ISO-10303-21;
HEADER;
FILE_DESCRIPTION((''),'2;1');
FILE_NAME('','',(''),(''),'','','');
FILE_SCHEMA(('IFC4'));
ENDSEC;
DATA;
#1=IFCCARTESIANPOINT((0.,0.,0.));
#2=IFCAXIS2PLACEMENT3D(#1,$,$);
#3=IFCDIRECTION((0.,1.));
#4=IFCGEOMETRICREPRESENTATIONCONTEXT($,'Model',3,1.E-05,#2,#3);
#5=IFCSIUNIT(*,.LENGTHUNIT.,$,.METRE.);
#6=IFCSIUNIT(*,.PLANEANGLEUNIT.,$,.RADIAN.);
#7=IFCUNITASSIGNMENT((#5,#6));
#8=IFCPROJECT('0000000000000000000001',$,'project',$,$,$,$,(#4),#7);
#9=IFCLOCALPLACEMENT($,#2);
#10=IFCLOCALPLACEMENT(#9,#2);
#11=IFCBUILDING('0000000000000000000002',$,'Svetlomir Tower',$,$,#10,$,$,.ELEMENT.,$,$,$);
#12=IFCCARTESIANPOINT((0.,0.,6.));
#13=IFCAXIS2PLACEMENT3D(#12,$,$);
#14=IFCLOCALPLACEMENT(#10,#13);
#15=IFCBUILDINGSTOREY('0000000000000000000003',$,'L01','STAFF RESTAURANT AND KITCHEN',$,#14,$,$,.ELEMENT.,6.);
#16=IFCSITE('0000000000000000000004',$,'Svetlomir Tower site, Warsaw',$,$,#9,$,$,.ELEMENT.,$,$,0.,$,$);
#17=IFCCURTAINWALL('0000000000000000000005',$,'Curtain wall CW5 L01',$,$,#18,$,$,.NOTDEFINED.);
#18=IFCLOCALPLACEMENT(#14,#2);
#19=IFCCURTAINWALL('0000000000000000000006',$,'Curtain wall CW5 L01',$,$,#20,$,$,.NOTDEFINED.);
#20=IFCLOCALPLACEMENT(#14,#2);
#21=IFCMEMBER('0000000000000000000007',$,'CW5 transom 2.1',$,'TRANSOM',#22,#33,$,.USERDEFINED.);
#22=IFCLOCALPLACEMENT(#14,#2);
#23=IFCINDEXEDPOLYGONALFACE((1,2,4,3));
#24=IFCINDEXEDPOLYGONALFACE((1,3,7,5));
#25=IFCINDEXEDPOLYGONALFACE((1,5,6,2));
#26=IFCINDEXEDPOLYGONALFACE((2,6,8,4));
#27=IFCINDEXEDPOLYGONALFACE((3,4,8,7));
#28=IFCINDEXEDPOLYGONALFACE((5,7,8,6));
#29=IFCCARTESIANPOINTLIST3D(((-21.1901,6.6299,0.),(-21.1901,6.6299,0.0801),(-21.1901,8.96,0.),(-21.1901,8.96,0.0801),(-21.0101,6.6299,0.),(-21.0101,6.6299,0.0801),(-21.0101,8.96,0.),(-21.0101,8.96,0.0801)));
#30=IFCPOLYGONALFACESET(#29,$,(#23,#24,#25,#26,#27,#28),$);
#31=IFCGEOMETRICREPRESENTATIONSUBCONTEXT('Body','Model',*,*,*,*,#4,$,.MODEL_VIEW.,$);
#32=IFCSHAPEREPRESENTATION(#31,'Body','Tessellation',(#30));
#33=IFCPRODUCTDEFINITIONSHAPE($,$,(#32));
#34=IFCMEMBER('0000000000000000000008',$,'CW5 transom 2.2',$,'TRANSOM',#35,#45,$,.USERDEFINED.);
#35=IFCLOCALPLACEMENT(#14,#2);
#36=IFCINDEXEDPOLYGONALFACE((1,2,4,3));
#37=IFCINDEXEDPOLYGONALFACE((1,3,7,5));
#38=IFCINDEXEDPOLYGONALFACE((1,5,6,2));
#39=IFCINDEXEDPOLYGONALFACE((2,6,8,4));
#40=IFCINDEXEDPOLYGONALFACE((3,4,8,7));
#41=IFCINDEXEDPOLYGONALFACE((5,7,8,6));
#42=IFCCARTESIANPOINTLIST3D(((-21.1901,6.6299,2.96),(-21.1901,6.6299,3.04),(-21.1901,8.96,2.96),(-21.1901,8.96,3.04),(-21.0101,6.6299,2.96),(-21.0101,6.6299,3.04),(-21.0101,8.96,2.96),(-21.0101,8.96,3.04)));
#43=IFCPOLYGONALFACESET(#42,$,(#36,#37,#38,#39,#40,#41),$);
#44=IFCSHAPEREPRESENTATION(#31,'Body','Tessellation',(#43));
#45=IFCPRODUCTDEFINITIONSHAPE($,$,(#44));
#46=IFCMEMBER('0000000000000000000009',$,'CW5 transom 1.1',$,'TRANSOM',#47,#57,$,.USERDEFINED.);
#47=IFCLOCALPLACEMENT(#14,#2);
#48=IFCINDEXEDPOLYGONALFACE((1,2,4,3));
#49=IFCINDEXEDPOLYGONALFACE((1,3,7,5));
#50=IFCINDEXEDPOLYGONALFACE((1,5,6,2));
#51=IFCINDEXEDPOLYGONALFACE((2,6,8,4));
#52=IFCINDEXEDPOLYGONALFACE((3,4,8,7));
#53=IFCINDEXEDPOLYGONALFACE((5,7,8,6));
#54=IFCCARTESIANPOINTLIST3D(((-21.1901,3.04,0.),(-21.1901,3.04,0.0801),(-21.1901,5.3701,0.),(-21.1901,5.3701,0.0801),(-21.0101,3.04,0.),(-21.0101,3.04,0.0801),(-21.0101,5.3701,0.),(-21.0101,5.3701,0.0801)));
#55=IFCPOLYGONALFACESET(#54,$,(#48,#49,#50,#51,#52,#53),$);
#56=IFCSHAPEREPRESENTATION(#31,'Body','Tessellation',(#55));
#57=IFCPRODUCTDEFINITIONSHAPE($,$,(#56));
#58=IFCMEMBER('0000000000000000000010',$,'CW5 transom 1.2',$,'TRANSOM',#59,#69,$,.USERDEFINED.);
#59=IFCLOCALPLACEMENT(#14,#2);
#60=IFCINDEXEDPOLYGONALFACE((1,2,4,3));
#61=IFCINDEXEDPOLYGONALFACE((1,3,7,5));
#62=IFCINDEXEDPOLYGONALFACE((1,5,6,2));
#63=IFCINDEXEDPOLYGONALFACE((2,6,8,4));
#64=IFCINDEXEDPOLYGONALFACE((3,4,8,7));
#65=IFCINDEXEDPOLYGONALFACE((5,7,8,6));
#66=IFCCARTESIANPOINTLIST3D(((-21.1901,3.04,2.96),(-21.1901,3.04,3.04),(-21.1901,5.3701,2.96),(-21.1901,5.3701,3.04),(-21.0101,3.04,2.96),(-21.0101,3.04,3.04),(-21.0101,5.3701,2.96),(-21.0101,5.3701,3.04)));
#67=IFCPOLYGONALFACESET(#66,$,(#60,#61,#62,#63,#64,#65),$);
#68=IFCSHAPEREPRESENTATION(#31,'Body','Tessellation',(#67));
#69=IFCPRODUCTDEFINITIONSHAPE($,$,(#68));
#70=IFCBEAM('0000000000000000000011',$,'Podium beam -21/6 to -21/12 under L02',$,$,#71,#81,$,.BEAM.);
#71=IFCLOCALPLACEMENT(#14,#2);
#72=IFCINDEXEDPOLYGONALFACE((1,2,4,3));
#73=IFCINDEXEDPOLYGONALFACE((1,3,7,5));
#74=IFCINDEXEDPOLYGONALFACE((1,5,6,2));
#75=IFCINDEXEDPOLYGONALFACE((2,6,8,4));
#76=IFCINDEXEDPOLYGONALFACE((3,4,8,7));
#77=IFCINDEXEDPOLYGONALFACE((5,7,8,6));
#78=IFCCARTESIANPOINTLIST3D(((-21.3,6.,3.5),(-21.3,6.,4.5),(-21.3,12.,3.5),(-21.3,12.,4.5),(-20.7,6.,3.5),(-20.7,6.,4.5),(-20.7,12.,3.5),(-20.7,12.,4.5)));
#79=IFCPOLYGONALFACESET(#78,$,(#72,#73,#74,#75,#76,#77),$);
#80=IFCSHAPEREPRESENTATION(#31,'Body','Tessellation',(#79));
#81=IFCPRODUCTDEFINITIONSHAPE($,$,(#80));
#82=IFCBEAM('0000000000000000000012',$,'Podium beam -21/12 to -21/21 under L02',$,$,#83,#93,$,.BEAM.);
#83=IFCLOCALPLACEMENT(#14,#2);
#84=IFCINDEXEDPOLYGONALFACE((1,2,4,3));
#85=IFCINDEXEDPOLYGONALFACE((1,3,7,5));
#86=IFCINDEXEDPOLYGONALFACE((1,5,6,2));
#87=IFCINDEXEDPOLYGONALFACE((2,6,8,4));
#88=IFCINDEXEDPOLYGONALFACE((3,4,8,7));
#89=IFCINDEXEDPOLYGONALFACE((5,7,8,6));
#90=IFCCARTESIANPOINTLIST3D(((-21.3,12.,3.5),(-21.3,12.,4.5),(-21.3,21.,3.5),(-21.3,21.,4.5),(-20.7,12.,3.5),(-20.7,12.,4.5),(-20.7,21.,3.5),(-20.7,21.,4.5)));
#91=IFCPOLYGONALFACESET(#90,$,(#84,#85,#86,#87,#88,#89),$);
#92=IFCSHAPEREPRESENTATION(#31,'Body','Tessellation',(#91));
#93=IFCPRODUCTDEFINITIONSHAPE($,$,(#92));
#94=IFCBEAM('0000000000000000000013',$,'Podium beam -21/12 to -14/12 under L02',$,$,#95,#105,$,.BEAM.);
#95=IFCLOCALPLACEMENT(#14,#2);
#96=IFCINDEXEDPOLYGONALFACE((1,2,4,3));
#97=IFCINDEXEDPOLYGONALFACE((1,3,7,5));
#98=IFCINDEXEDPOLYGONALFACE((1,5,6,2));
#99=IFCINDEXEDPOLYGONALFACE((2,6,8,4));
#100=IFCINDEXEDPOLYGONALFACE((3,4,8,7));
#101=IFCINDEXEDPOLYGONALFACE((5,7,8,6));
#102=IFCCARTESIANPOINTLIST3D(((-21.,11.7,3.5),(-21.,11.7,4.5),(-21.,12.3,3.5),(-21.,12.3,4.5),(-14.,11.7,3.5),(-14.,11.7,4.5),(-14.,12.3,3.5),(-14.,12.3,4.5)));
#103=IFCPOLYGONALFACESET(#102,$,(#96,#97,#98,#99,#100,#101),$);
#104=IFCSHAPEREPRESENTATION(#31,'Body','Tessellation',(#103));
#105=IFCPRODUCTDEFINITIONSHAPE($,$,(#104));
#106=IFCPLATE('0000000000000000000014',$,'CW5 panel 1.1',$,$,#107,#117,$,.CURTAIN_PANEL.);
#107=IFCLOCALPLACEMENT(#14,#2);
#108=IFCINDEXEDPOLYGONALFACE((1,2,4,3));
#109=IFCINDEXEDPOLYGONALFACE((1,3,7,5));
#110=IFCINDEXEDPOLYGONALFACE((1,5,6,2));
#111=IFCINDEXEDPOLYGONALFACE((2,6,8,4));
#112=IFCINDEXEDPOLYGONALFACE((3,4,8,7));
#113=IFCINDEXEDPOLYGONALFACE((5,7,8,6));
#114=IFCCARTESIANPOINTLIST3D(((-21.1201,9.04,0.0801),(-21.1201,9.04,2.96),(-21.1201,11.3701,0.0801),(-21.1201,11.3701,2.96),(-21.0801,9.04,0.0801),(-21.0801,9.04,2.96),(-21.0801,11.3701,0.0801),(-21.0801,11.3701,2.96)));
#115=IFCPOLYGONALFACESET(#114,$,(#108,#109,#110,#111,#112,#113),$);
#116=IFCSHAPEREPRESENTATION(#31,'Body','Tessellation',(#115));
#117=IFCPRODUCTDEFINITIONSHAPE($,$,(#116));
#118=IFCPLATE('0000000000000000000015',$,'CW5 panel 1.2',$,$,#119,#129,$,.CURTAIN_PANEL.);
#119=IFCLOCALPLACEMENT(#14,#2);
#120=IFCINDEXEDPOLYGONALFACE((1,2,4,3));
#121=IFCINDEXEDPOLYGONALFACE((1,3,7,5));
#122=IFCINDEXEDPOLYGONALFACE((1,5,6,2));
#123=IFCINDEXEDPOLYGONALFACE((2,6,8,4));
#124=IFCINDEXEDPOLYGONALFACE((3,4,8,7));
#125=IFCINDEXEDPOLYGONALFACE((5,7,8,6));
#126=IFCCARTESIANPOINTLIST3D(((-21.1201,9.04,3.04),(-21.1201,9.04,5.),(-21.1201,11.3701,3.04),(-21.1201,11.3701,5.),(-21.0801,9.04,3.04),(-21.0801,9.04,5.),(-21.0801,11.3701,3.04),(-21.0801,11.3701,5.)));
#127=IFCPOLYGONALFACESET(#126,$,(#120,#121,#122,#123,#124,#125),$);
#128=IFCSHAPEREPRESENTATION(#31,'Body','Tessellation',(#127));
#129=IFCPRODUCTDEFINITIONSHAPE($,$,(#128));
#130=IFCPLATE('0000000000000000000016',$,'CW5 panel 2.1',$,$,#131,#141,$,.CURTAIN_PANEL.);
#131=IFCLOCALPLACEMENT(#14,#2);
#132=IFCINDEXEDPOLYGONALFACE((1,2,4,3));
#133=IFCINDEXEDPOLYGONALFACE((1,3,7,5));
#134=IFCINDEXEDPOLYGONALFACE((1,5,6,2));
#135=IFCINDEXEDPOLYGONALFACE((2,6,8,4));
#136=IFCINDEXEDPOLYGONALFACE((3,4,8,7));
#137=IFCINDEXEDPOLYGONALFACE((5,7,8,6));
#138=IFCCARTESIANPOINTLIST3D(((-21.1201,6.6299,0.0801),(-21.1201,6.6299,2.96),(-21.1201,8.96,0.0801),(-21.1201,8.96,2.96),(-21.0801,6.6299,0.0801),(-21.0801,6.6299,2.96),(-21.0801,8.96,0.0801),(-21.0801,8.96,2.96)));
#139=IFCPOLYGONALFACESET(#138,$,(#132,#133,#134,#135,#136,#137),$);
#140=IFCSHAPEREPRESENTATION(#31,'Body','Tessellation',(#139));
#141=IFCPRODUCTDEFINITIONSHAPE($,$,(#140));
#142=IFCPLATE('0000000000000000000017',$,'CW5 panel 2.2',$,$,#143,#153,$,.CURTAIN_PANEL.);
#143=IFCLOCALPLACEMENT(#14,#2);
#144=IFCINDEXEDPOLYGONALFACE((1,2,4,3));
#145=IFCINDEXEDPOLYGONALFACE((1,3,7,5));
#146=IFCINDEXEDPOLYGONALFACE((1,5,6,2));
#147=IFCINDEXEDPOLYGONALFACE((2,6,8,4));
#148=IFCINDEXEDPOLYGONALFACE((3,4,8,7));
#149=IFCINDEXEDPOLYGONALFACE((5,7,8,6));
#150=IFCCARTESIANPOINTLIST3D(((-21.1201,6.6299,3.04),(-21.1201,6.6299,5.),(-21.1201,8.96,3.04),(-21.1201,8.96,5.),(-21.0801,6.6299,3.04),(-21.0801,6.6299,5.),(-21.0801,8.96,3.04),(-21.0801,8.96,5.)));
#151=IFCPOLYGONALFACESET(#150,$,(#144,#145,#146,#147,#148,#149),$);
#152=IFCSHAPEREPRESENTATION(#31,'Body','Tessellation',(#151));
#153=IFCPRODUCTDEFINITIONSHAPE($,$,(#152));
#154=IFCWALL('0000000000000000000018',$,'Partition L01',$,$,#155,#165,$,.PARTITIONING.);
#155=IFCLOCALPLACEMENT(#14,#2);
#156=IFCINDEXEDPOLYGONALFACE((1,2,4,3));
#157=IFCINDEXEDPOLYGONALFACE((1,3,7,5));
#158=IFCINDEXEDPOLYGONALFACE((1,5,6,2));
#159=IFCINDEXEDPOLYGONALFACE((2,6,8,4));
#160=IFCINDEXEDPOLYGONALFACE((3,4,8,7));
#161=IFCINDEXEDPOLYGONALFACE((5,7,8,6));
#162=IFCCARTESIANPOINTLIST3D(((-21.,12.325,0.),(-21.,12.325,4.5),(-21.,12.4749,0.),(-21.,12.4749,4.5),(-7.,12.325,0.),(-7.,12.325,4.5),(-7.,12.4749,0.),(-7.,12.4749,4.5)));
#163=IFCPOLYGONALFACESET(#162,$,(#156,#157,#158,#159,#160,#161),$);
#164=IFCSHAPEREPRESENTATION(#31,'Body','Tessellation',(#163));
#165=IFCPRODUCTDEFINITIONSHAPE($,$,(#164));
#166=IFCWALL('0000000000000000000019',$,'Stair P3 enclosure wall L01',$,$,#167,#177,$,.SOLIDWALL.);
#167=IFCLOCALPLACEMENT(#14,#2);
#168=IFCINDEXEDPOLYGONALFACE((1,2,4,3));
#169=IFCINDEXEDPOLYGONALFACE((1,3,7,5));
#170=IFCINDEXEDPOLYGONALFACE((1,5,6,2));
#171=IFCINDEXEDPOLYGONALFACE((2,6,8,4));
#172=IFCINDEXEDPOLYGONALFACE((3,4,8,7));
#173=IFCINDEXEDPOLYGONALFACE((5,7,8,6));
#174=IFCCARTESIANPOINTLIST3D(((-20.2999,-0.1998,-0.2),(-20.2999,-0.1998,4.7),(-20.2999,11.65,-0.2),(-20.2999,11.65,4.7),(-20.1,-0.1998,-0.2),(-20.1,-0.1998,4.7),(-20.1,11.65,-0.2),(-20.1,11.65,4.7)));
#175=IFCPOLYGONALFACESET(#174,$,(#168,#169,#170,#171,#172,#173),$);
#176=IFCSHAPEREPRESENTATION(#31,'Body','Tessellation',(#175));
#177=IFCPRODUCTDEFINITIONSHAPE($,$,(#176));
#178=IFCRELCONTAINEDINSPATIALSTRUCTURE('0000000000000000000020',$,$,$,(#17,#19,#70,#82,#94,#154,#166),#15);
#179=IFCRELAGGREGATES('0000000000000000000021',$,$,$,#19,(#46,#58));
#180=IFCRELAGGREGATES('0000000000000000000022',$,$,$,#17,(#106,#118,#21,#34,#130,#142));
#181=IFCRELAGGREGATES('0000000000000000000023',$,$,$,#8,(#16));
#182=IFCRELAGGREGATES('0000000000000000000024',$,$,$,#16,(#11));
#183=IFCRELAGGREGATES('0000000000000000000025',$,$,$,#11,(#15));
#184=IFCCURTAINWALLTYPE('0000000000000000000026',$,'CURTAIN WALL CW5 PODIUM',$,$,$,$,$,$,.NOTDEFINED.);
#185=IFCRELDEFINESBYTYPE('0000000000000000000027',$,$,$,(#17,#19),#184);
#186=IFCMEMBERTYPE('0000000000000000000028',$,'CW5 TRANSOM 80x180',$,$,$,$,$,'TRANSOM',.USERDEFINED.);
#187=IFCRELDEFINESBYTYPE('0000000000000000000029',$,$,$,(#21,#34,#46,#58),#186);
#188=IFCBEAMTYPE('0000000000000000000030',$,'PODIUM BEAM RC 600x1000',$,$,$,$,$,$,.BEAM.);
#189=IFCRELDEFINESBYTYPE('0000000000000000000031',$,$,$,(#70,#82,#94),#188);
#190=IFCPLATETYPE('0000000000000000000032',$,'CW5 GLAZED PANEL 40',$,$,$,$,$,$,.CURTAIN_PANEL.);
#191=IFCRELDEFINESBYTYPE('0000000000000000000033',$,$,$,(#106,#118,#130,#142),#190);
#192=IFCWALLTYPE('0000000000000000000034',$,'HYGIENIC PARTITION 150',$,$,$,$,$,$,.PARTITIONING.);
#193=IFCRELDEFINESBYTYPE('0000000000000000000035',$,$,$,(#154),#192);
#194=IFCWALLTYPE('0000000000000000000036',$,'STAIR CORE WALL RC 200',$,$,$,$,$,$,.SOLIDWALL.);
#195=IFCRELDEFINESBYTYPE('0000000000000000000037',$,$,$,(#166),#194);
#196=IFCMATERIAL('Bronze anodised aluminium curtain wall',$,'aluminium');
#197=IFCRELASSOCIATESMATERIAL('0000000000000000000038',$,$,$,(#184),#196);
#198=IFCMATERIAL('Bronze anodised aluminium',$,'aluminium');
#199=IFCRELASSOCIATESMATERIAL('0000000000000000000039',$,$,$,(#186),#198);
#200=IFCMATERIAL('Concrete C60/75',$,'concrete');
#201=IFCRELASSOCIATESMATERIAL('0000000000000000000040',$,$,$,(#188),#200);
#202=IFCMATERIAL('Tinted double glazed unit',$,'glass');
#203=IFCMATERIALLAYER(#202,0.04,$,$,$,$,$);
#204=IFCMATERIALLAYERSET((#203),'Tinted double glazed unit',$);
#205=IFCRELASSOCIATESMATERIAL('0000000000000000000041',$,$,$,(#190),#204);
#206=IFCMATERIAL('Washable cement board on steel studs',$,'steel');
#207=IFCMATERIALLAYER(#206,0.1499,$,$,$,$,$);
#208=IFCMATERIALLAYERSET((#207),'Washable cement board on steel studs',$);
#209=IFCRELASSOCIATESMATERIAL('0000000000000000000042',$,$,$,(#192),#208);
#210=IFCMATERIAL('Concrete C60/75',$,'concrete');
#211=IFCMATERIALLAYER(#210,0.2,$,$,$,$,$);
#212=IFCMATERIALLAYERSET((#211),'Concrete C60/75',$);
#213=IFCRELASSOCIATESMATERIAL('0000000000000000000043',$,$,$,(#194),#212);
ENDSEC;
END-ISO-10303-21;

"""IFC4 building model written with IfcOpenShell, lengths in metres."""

from ifc_helpers import new_model, si_unit, direction, frame, frame_2d, origin, origin_2d, place, context, subcontext, project, spatial, rectangle, extrude, material, layer, layer_set, material_profile, profile_set, type_object, element, aggregate, save


model = new_model("IFC4")

# Units and contexts
model_context = context("Model", 3, precision=1e-05, world=origin(), true_north=direction((0.0, 1.0)))
body_context = subcontext(model_context, "Body", "Model", "MODEL_VIEW")
ifc_project = project(units=[si_unit("LENGTHUNIT", "METRE"), si_unit("PLANEANGLEUNIT", "RADIAN")], contexts=[model_context])

# Site, building, storey
site_placement = place(None, origin())
site = spatial("IfcSite", under=ifc_project, at=site_placement, Name="Svetlomir Tower site, Warsaw", CompositionType="ELEMENT", RefElevation=0.0)
building_placement = place(site_placement, origin())
building = spatial("IfcBuilding", under=site, at=building_placement, Name="Svetlomir Tower", CompositionType="ELEMENT")
storey_placement = place(building_placement, frame((0.0, 0.0, 6.0)))
storey = spatial("IfcBuildingStorey", under=building, at=storey_placement, Name="L01", Description="STAFF RESTAURANT AND KITCHEN", CompositionType="ELEMENT", Elevation=6.0)

# Shared definitions
ifc_material_1 = material(Name="Bronze anodised aluminium curtain wall", Category="aluminium")
curtain_wall_type = type_object("IfcCurtainWallType", Name="CURTAIN WALL CW5 PODIUM", PredefinedType="NOTDEFINED", material=ifc_material_1)

# Curtain wall
curtain_wall_1_placement = place(storey_placement, origin())
curtain_wall_1 = element("IfcCurtainWall", 1, at=curtain_wall_1_placement, inside=storey, type_object=curtain_wall_type, Name="Curtain wall CW5 L01", PredefinedType="NOTDEFINED")

# Curtain wall
curtain_wall_2_placement = place(storey_placement, origin())
curtain_wall_2 = element("IfcCurtainWall", 2, at=curtain_wall_2_placement, inside=storey, type_object=curtain_wall_type, Name="Curtain wall CW5 L01", PredefinedType="NOTDEFINED")

# Members
ifc_material_2 = material(Name="Bronze anodised aluminium", Category="aluminium")
ifc_material_profile_1 = material_profile(ifc_material_2, rectangle(XDim=0.1799, YDim=0.0801, at=origin_2d()), Name="AL 180x80")
ifc_profile_set_1 = profile_set([ifc_material_profile_1], Name="Bronze anodised aluminium 6063-T6")
member_type_1 = type_object("IfcMemberType", Name="CW5 TRANSOM 80x180", ElementType="TRANSOM", PredefinedType="USERDEFINED", material=ifc_profile_set_1)
member_1_placement = place(storey_placement, frame((-21.1001, 8.96, 0.04), z_axis=(0.0, -1.0, 0.0), x_axis=(1.0, 0.0, 0.0)))
member_1 = element("IfcMember", 3, at=member_1_placement, type_object=member_type_1, Name="CW5 transom 2.1", ObjectType="TRANSOM", PredefinedType="USERDEFINED", context=body_context, shape_type="SweptSolid", body=[
    extrude(rectangle(XDim=0.1799, YDim=0.0801, at=origin_2d()), origin(), (0.0, 0.0, 1.0), 2.3301),
])
member_2_placement = place(storey_placement, frame((-21.1001, 8.96, 3.0), z_axis=(0.0, -1.0, 0.0), x_axis=(1.0, 0.0, 0.0)))
member_2 = element("IfcMember", 4, at=member_2_placement, type_object=member_type_1, Name="CW5 transom 2.2", ObjectType="TRANSOM", PredefinedType="USERDEFINED", context=body_context, shape_type="SweptSolid", body=[
    extrude(rectangle(XDim=0.1799, YDim=0.0801, at=origin_2d()), origin(), (0.0, 0.0, 1.0), 2.3301),
])
member_3_placement = place(storey_placement, frame((-21.1001, 5.3701, 0.04), z_axis=(0.0, -1.0, 0.0), x_axis=(1.0, 0.0, 0.0)))
member_3 = element("IfcMember", 5, at=member_3_placement, type_object=member_type_1, Name="CW5 transom 1.1", ObjectType="TRANSOM", PredefinedType="USERDEFINED", context=body_context, shape_type="SweptSolid", body=[
    extrude(rectangle(XDim=0.1799, YDim=0.0801, at=origin_2d()), origin(), (0.0, 0.0, 1.0), 2.3301),
])
member_4_placement = place(storey_placement, frame((-21.1001, 5.3701, 3.0), z_axis=(0.0, -1.0, 0.0), x_axis=(1.0, 0.0, 0.0)))
member_4 = element("IfcMember", 6, at=member_4_placement, type_object=member_type_1, Name="CW5 transom 1.2", ObjectType="TRANSOM", PredefinedType="USERDEFINED", context=body_context, shape_type="SweptSolid", body=[
    extrude(rectangle(XDim=0.1799, YDim=0.0801, at=origin_2d()), origin(), (0.0, 0.0, 1.0), 2.3301),
])
aggregate(curtain_wall_2, [member_3, member_4])

# Beams
ifc_material_3 = material(Name="Concrete C60/75", Category="concrete")
ifc_material_profile_2 = material_profile(ifc_material_3, rectangle(XDim=0.6001, YDim=1.0, at=origin_2d()), Name="RC 600x1000")
ifc_profile_set_2 = profile_set([ifc_material_profile_2], Name="Concrete C60/75")
beam_type = type_object("IfcBeamType", Name="PODIUM BEAM RC 600x1000", PredefinedType="BEAM", material=ifc_profile_set_2)
beam_1_placement = place(storey_placement, frame((-21.0, 6.0, 4.0), z_axis=(0.0, 1.0, 0.0), x_axis=(-1.0, 0.0, 0.0)))
element("IfcBeam", 7, at=beam_1_placement, inside=storey, type_object=beam_type, Name="Podium beam -21/6 to -21/12 under L02", PredefinedType="BEAM", context=body_context, shape_type="SweptSolid", body=[
    extrude(rectangle(XDim=0.6001, YDim=1.0, at=origin_2d()), origin(), (0.0, 0.0, 1.0), 6.0),
])
beam_2_placement = place(storey_placement, frame((-21.0, 12.0, 4.0), z_axis=(0.0, 1.0, 0.0), x_axis=(-1.0, 0.0, 0.0)))
element("IfcBeam", 8, at=beam_2_placement, inside=storey, type_object=beam_type, Name="Podium beam -21/12 to -21/21 under L02", PredefinedType="BEAM", context=body_context, shape_type="SweptSolid", body=[
    extrude(rectangle(XDim=0.6001, YDim=1.0, at=origin_2d()), origin(), (0.0, 0.0, 1.0), 9.0),
])
beam_3_placement = place(storey_placement, frame((-21.0, 12.0, 4.0), z_axis=(1.0, 0.0, 0.0), x_axis=(0.0, 1.0, 0.0)))
element("IfcBeam", 9, at=beam_3_placement, inside=storey, type_object=beam_type, Name="Podium beam -21/12 to -14/12 under L02", PredefinedType="BEAM", context=body_context, shape_type="SweptSolid", body=[
    extrude(rectangle(XDim=0.6001, YDim=1.0, at=origin_2d()), origin(), (0.0, 0.0, 1.0), 7.0),
])

# Plates
ifc_material_4 = material(Name="Tinted double glazed unit", Category="glass")
ifc_layer_1 = layer(ifc_material_4, 0.04)
ifc_layer_set_1 = layer_set([ifc_layer_1], Name="Tinted double glazed unit")
plate_type = type_object("IfcPlateType", Name="CW5 GLAZED PANEL 40", PredefinedType="CURTAIN_PANEL", material=ifc_layer_set_1)
plate_1_placement = place(storey_placement, frame((-21.1001, 10.2051, 0.0801), z_axis=(0.0, 0.0, 1.0), x_axis=(0.0, -1.0, 0.0)))
plate_1 = element("IfcPlate", 10, at=plate_1_placement, type_object=plate_type, Name="CW5 panel 1.1", PredefinedType="CURTAIN_PANEL", context=body_context, shape_type="SweptSolid", body=[
    extrude(rectangle(XDim=2.3301, YDim=0.04, at=origin_2d()), origin(), (0.0, 0.0, 1.0), 2.8799),
])
plate_2_placement = place(storey_placement, frame((-21.1001, 10.2051, 3.04), z_axis=(0.0, 0.0, 1.0), x_axis=(0.0, -1.0, 0.0)))
plate_2 = element("IfcPlate", 11, at=plate_2_placement, type_object=plate_type, Name="CW5 panel 1.2", PredefinedType="CURTAIN_PANEL", context=body_context, shape_type="SweptSolid", body=[
    extrude(rectangle(XDim=2.3301, YDim=0.04, at=origin_2d()), origin(), (0.0, 0.0, 1.0), 1.96),
])
plate_3_placement = place(storey_placement, frame((-21.1001, 7.7949, 0.0801), z_axis=(0.0, 0.0, 1.0), x_axis=(0.0, -1.0, 0.0)))
plate_3 = element("IfcPlate", 12, at=plate_3_placement, type_object=plate_type, Name="CW5 panel 2.1", PredefinedType="CURTAIN_PANEL", context=body_context, shape_type="SweptSolid", body=[
    extrude(rectangle(XDim=2.3301, YDim=0.04, at=origin_2d()), origin(), (0.0, 0.0, 1.0), 2.8799),
])
plate_4_placement = place(storey_placement, frame((-21.1001, 7.7949, 3.04), z_axis=(0.0, 0.0, 1.0), x_axis=(0.0, -1.0, 0.0)))
plate_4 = element("IfcPlate", 13, at=plate_4_placement, type_object=plate_type, Name="CW5 panel 2.2", PredefinedType="CURTAIN_PANEL", context=body_context, shape_type="SweptSolid", body=[
    extrude(rectangle(XDim=2.3301, YDim=0.04, at=origin_2d()), origin(), (0.0, 0.0, 1.0), 1.96),
])
aggregate(curtain_wall_1, [plate_1, plate_2, member_1, member_2, plate_3, plate_4])

# Walls
ifc_material_5 = material(Name="Washable cement board on steel studs", Category="steel")
ifc_layer_2 = layer(ifc_material_5, 0.1499)
ifc_layer_set_2 = layer_set([ifc_layer_2], Name="Washable cement board on steel studs")
wall_type_1 = type_object("IfcWallType", Name="HYGIENIC PARTITION 150", PredefinedType="PARTITIONING", material=ifc_layer_set_2)
wall_1_placement = place(storey_placement, frame((-21.0, 12.3999, 0.0), z_axis=(0.0, 0.0, 1.0), x_axis=(1.0, 0.0, 0.0)))
element("IfcWall", 14, at=wall_1_placement, inside=storey, type_object=wall_type_1, Name="Partition L01", PredefinedType="PARTITIONING", context=body_context, shape_type="SweptSolid", body=[
    extrude(rectangle(XDim=14.0, YDim=0.1499, at=frame_2d((7.0, 0.0))), origin(), (0.0, 0.0, 1.0), 4.5),
])
ifc_material_6 = material(Name="Concrete C60/75", Category="concrete")
ifc_layer_3 = layer(ifc_material_6, 0.2)
ifc_layer_set_3 = layer_set([ifc_layer_3], Name="Concrete C60/75")
wall_type_2 = type_object("IfcWallType", Name="STAIR CORE WALL RC 200", PredefinedType="SOLIDWALL", material=ifc_layer_set_3)
wall_2_placement = place(storey_placement, frame((-20.2, 11.6499, -0.2), z_axis=(0.0, 0.0, 1.0), x_axis=(0.0, -1.0, 0.0)))
element("IfcWall", 15, at=wall_2_placement, inside=storey, type_object=wall_type_2, Name="Stair P3 enclosure wall L01", PredefinedType="SOLIDWALL", context=body_context, shape_type="SweptSolid", body=[
    extrude(rectangle(XDim=11.8499, YDim=0.2, at=frame_2d((5.9248, 0.0))), origin(), (0.0, 0.0, 1.0), 4.8999),
])

save(model, "model.ifc")
